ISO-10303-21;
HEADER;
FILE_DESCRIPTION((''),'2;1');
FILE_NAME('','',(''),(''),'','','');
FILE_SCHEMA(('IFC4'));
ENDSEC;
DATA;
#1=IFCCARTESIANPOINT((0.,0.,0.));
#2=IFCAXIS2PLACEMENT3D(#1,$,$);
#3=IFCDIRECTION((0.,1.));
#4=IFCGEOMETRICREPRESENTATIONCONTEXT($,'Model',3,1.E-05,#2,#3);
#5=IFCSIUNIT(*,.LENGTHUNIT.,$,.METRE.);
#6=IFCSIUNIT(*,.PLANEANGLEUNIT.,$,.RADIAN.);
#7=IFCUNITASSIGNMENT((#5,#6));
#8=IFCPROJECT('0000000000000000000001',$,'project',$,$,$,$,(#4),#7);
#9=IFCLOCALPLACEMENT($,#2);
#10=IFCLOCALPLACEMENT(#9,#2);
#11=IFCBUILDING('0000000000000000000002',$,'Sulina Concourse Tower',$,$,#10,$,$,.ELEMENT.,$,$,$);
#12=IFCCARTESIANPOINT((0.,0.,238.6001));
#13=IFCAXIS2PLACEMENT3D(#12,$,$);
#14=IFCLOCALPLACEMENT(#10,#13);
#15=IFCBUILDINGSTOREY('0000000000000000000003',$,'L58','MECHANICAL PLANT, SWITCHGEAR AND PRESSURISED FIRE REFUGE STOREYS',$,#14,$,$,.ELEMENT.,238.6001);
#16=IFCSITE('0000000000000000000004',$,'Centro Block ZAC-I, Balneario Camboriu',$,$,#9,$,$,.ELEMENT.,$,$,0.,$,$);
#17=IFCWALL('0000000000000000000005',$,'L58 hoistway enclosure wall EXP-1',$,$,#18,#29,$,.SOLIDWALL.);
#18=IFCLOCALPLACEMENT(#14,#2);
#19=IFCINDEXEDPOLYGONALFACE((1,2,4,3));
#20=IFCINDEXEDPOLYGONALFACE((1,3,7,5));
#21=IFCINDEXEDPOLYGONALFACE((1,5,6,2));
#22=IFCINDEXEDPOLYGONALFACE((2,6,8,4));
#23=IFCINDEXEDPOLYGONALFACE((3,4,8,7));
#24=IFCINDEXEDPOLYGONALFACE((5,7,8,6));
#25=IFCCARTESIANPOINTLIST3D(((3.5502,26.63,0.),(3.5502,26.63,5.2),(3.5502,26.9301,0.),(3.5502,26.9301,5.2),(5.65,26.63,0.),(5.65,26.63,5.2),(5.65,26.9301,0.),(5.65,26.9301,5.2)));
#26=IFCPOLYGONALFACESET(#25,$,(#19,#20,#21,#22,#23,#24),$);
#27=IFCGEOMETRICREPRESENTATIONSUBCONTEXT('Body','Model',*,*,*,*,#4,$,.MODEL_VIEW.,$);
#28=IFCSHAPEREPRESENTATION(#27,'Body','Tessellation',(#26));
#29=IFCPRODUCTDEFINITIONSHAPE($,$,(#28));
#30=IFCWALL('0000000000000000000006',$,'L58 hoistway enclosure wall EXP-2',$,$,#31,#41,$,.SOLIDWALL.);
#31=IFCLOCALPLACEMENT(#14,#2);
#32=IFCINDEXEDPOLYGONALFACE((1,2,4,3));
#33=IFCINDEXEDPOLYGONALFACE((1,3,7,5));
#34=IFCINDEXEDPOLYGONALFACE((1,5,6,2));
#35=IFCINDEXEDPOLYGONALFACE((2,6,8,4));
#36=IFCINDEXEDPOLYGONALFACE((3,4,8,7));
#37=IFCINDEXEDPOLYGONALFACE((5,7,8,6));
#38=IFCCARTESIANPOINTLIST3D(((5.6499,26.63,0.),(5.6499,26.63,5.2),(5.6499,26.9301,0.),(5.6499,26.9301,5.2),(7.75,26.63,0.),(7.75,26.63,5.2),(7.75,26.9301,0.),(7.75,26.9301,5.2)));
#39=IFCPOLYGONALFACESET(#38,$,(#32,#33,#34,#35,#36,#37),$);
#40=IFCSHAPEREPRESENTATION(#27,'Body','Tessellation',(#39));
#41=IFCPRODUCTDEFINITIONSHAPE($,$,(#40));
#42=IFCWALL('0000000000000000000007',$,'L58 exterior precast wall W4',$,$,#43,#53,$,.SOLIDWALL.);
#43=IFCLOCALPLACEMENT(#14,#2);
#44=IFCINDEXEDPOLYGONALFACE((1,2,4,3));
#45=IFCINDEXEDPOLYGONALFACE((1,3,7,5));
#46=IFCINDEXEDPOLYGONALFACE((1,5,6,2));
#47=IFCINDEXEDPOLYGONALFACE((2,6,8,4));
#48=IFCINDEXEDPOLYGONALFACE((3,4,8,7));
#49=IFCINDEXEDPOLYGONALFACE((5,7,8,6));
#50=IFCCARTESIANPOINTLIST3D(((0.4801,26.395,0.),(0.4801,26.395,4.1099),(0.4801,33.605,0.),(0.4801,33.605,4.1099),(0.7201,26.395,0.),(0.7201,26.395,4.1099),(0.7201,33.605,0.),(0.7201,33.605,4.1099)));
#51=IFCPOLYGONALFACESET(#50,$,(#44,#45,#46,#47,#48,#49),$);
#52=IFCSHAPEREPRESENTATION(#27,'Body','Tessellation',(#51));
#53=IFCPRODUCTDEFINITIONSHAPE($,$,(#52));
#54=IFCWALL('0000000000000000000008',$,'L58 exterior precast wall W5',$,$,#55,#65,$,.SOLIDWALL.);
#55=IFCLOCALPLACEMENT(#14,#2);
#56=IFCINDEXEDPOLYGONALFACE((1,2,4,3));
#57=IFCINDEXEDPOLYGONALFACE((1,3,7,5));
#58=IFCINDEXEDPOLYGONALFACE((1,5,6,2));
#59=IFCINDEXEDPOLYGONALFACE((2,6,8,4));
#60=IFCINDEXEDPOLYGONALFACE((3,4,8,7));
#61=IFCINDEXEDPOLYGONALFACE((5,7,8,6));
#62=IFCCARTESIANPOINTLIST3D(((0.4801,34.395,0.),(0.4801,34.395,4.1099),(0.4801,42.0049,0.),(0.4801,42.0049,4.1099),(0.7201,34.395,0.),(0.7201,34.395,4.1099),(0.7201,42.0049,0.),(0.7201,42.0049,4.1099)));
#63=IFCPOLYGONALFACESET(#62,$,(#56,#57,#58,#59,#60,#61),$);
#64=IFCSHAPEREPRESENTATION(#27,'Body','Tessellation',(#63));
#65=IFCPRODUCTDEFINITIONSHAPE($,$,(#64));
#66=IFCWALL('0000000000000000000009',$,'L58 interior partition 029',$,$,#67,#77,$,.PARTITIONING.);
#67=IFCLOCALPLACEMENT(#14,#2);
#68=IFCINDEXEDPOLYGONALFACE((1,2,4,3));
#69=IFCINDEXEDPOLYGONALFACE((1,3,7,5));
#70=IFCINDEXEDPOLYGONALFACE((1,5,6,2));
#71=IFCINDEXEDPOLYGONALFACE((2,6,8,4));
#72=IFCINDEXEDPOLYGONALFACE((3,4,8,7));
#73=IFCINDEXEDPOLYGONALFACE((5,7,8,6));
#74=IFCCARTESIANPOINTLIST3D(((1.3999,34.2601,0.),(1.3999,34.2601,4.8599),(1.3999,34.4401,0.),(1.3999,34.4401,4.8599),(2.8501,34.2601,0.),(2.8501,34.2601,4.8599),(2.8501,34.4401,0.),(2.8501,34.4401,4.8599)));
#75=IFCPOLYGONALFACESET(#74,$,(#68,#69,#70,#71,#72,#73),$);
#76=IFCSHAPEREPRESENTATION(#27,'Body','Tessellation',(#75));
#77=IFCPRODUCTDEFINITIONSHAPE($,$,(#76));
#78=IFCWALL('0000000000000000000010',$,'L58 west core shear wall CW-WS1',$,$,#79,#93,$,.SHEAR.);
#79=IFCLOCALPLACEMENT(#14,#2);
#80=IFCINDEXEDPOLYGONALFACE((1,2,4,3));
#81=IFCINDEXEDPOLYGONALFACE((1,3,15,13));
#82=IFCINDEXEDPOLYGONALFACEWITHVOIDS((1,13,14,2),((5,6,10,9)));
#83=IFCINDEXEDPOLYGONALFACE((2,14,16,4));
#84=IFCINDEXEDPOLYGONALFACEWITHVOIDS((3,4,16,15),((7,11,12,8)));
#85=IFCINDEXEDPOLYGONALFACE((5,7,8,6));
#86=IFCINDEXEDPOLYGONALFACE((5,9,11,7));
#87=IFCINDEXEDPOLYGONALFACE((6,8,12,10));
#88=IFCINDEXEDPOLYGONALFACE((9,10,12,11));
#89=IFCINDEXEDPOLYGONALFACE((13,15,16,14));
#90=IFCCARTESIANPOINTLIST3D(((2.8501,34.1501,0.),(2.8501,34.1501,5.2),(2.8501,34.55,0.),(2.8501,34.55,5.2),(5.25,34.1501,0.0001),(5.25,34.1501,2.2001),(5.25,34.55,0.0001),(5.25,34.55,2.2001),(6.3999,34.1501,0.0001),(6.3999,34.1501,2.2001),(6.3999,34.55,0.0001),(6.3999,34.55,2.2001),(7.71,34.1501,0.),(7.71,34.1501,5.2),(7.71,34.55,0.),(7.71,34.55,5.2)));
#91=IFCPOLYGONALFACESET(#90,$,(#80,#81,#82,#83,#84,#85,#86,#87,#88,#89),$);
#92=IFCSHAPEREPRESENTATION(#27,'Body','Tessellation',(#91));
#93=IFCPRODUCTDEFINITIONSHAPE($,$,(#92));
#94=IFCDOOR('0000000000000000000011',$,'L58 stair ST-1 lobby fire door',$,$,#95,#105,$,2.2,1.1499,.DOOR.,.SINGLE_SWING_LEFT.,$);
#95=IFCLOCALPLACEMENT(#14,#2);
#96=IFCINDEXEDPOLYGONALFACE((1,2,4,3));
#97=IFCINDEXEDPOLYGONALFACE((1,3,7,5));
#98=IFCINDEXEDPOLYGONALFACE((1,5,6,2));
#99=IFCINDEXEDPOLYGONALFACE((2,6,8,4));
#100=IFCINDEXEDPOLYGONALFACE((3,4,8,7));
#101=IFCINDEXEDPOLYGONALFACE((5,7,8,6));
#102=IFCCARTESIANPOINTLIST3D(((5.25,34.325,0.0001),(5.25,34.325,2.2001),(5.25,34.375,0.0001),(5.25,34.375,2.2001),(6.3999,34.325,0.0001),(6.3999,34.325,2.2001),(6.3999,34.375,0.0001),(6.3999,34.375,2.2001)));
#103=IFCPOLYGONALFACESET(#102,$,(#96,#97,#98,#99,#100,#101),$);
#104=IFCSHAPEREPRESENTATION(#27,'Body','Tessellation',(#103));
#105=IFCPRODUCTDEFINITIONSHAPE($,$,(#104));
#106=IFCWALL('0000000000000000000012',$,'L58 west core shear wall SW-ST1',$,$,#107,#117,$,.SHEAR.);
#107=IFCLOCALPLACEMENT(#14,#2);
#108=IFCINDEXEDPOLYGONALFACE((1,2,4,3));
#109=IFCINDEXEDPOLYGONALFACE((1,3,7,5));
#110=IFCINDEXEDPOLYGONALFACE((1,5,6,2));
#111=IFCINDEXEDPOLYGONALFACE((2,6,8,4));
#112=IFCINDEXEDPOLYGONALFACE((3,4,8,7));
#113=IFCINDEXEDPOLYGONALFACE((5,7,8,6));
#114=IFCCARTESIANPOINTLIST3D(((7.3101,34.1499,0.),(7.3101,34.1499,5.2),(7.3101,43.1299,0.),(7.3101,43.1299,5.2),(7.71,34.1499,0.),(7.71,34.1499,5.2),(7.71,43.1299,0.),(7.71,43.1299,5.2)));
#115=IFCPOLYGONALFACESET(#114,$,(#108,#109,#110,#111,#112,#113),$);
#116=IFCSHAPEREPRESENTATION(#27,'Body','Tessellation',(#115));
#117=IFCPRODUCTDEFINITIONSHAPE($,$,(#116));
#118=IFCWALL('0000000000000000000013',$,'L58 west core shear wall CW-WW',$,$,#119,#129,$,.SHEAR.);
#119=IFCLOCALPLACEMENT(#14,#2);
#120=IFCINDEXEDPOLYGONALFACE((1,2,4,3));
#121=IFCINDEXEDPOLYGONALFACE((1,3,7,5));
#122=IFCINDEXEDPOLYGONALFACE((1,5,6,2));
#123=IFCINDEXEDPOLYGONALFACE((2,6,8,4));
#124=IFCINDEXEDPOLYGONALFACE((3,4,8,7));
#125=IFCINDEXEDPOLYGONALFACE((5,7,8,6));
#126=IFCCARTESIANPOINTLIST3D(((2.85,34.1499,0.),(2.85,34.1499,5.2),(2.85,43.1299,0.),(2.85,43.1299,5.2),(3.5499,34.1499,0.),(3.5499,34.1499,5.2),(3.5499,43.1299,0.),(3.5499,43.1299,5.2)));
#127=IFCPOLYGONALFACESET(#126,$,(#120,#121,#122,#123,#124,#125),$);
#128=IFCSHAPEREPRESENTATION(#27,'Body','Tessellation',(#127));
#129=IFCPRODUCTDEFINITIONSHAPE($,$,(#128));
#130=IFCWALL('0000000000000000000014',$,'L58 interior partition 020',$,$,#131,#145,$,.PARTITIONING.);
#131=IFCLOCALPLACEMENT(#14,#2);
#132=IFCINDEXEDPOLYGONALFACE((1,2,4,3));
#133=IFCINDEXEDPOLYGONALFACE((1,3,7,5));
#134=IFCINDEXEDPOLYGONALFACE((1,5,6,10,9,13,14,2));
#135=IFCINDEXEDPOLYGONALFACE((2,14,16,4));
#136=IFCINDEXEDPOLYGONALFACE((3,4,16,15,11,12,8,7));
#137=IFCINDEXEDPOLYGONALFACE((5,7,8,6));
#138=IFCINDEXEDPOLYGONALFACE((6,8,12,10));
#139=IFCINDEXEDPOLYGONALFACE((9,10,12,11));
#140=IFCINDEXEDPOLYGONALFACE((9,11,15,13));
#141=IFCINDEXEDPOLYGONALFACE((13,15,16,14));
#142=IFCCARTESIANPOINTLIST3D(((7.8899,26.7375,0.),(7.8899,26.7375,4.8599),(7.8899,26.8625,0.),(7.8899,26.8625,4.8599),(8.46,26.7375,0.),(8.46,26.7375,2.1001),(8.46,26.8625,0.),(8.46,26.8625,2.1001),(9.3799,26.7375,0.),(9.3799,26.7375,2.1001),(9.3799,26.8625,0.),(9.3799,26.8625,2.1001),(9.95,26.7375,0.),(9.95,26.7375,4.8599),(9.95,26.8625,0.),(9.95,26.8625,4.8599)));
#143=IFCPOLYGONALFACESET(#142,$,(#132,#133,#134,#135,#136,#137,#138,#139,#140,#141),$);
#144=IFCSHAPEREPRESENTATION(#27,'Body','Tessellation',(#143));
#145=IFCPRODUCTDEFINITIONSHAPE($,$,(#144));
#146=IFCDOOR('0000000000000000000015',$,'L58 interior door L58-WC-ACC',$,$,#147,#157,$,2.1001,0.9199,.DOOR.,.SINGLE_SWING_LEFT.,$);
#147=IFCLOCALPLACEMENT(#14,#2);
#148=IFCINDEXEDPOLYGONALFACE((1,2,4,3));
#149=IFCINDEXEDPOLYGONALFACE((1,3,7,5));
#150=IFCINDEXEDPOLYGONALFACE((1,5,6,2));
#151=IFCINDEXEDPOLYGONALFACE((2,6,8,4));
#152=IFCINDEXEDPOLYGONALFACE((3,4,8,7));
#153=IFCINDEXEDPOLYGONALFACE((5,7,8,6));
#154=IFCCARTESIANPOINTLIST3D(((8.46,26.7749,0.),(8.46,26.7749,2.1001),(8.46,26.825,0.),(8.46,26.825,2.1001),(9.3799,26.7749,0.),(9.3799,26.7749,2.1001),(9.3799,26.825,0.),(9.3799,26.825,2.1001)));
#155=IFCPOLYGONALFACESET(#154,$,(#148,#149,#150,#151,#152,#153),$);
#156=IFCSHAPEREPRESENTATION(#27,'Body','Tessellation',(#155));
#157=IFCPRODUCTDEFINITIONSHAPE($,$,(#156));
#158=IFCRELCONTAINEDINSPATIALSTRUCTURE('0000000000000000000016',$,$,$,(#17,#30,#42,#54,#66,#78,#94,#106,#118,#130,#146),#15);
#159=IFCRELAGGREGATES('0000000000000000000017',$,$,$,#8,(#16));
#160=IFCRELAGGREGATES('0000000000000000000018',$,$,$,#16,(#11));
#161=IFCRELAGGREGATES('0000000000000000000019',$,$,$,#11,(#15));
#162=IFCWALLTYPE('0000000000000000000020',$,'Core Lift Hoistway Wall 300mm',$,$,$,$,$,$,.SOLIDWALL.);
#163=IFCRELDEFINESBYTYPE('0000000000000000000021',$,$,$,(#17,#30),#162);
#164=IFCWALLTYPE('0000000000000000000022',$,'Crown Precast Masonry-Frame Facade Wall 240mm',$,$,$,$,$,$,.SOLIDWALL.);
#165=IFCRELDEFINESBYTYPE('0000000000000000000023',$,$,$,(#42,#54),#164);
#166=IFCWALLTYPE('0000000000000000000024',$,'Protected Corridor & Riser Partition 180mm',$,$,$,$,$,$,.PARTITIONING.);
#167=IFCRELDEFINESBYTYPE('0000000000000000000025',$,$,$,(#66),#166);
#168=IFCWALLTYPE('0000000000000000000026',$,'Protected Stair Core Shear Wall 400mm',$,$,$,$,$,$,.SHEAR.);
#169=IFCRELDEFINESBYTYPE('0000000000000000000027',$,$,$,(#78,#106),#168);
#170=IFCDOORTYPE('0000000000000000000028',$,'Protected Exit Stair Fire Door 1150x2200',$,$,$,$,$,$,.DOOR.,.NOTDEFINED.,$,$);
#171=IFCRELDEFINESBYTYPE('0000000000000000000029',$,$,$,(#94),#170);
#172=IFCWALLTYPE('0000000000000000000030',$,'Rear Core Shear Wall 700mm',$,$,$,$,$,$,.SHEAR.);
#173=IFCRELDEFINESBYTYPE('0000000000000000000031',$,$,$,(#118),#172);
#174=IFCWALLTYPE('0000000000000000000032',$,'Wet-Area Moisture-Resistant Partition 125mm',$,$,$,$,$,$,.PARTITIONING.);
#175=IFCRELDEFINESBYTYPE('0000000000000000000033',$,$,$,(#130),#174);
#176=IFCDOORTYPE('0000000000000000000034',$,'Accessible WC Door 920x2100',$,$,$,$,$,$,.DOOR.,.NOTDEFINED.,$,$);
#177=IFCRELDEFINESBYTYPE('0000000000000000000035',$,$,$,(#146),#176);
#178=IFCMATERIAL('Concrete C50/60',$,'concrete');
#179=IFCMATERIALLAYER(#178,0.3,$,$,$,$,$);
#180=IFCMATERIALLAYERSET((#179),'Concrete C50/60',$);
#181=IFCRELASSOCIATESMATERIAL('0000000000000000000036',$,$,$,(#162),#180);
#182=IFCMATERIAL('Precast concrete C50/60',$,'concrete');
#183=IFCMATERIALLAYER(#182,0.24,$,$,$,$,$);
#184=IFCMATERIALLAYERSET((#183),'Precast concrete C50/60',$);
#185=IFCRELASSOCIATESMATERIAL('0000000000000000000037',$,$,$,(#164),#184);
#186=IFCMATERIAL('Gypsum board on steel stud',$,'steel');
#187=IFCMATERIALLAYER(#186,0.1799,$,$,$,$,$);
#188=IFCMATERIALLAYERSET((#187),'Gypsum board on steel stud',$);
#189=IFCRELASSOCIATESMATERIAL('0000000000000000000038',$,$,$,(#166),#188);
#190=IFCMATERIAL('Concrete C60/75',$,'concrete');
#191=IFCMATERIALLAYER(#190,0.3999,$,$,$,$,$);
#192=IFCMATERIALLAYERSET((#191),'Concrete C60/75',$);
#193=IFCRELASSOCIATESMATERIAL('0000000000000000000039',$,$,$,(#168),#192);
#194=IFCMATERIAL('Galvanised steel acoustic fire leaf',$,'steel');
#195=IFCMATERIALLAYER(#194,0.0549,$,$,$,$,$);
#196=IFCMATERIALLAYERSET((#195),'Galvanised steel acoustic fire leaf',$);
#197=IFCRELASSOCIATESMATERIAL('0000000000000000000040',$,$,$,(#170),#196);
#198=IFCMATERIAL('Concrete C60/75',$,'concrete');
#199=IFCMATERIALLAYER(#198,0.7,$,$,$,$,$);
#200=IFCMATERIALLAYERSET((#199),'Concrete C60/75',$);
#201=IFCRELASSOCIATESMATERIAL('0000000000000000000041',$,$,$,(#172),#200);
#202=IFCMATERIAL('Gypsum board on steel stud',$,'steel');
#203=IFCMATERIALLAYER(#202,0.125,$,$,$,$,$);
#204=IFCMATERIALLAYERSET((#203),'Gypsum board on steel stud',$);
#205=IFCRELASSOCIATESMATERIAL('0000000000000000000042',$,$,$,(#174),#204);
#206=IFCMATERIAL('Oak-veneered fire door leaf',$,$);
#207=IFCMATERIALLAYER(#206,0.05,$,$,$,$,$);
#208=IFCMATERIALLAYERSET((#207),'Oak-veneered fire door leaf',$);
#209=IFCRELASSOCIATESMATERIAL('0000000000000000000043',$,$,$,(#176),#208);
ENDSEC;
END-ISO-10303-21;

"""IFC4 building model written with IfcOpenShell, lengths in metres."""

from ifc_helpers import new_model, si_unit, direction, frame, frame_2d, origin, place, context, subcontext, project, spatial, rectangle, extrude, material, layer, layer_set, type_object, element, fill, save


model = new_model("IFC4")

# Units and contexts
model_context = context("Model", 3, precision=1e-05, world=origin(), true_north=direction((0.0, 1.0)))
body_context = subcontext(model_context, "Body", "Model", "MODEL_VIEW")
ifc_project = project(units=[si_unit("LENGTHUNIT", "METRE"), si_unit("PLANEANGLEUNIT", "RADIAN")], contexts=[model_context])

# Site, building, storey
site_placement = place(None, origin())
site = spatial("IfcSite", under=ifc_project, at=site_placement, Name="Centro Block ZAC-I, Balneario Camboriu", CompositionType="ELEMENT", RefElevation=0.0)
building_placement = place(site_placement, origin())
building = spatial("IfcBuilding", under=site, at=building_placement, Name="Sulina Concourse Tower", CompositionType="ELEMENT")
storey_placement = place(building_placement, frame((0.0, 0.0, 238.6001)))
storey = spatial("IfcBuildingStorey", under=building, at=storey_placement, Name="L58", Description="MECHANICAL PLANT, SWITCHGEAR AND PRESSURISED FIRE REFUGE STOREYS", CompositionType="ELEMENT", Elevation=238.6001)

# Walls
ifc_material_1 = material(Name="Concrete C50/60", Category="concrete")
ifc_layer_1 = layer(ifc_material_1, 0.3)
ifc_layer_set_1 = layer_set([ifc_layer_1], Name="Concrete C50/60")
wall_type_1 = type_object("IfcWallType", Name="Core Lift Hoistway Wall 300mm", PredefinedType="SOLIDWALL", material=ifc_layer_set_1)
wall_1_placement = place(storey_placement, frame((5.6499, 26.78, 0.0), z_axis=(0.0, 0.0, 1.0), x_axis=(-1.0, 0.0, 0.0)))
element("IfcWall", 1, at=wall_1_placement, inside=storey, type_object=wall_type_1, Name="L58 hoistway enclosure wall EXP-1", PredefinedType="SOLIDWALL", context=body_context, shape_type="SweptSolid", body=[
    extrude(rectangle(XDim=2.0999, YDim=0.3, at=frame_2d((1.0498, 0.0))), origin(), (0.0, 0.0, 1.0), 5.2),
])
wall_2_placement = place(storey_placement, frame((7.75, 26.78, 0.0), z_axis=(0.0, 0.0, 1.0), x_axis=(-1.0, 0.0, 0.0)))
element("IfcWall", 2, at=wall_2_placement, inside=storey, type_object=wall_type_1, Name="L58 hoistway enclosure wall EXP-2", PredefinedType="SOLIDWALL", context=body_context, shape_type="SweptSolid", body=[
    extrude(rectangle(XDim=2.1001, YDim=0.3, at=frame_2d((1.05, 0.0))), origin(), (0.0, 0.0, 1.0), 5.2),
])
ifc_material_2 = material(Name="Precast concrete C50/60", Category="concrete")
ifc_layer_2 = layer(ifc_material_2, 0.24)
ifc_layer_set_2 = layer_set([ifc_layer_2], Name="Precast concrete C50/60")
wall_type_2 = type_object("IfcWallType", Name="Crown Precast Masonry-Frame Facade Wall 240mm", PredefinedType="SOLIDWALL", material=ifc_layer_set_2)
wall_3_placement = place(storey_placement, frame((0.6001, 26.395, 0.0), z_axis=(0.0, 0.0, 1.0), x_axis=(0.0, 1.0, 0.0)))
element("IfcWall", 3, at=wall_3_placement, inside=storey, type_object=wall_type_2, Name="L58 exterior precast wall W4", PredefinedType="SOLIDWALL", context=body_context, shape_type="SweptSolid", body=[
    extrude(rectangle(XDim=7.21, YDim=0.24, at=frame_2d((3.605, 0.0))), origin(), (0.0, 0.0, 1.0), 4.1099),
])
wall_4_placement = place(storey_placement, frame((0.6001, 34.395, 0.0), z_axis=(0.0, 0.0, 1.0), x_axis=(0.0, 1.0, 0.0)))
element("IfcWall", 4, at=wall_4_placement, inside=storey, type_object=wall_type_2, Name="L58 exterior precast wall W5", PredefinedType="SOLIDWALL", context=body_context, shape_type="SweptSolid", body=[
    extrude(rectangle(XDim=7.6099, YDim=0.24, at=frame_2d((3.8049, 0.0))), origin(), (0.0, 0.0, 1.0), 4.1099),
])
ifc_material_3 = material(Name="Gypsum board on steel stud", Category="steel")
ifc_layer_3 = layer(ifc_material_3, 0.1799)
ifc_layer_set_3 = layer_set([ifc_layer_3], Name="Gypsum board on steel stud")
wall_type_3 = type_object("IfcWallType", Name="Protected Corridor & Riser Partition 180mm", PredefinedType="PARTITIONING", material=ifc_layer_set_3)
wall_5_placement = place(storey_placement, frame((1.3999, 34.3501, 0.0), z_axis=(0.0, 0.0, 1.0), x_axis=(1.0, 0.0, 0.0)))
element("IfcWall", 5, at=wall_5_placement, inside=storey, type_object=wall_type_3, Name="L58 interior partition 029", PredefinedType="PARTITIONING", context=body_context, shape_type="SweptSolid", body=[
    extrude(rectangle(XDim=1.4502, YDim=0.1799, at=frame_2d((0.7251, 0.0))), origin(), (0.0, 0.0, 1.0), 4.8599),
])

# Wall, opening, door
ifc_material_4 = material(Name="Concrete C60/75", Category="concrete")
ifc_layer_4 = layer(ifc_material_4, 0.3999)
ifc_layer_set_4 = layer_set([ifc_layer_4], Name="Concrete C60/75")
wall_type_4 = type_object("IfcWallType", Name="Protected Stair Core Shear Wall 400mm", PredefinedType="SHEAR", material=ifc_layer_set_4)
wall_6_placement = place(storey_placement, frame((2.8501, 34.3501, 0.0), z_axis=(0.0, 0.0, 1.0), x_axis=(1.0, 0.0, 0.0)))
wall_6 = element("IfcWall", 6, at=wall_6_placement, inside=storey, type_object=wall_type_4, Name="L58 west core shear wall CW-WS1", PredefinedType="SHEAR", context=body_context, shape_type="SweptSolid", body=[
    extrude(rectangle(XDim=4.8599, YDim=0.3999, at=frame_2d((2.4299, 0.0))), origin(), (0.0, 0.0, 1.0), 5.2),
])
opening_1_placement = place(wall_6_placement, frame((2.3999, 0.0, 0.0)))
opening_1 = element("IfcOpeningElement", 7, at=opening_1_placement, cuts=wall_6, PredefinedType="OPENING", context=body_context, shape_type="SweptSolid", body=[
    extrude(rectangle(XDim=1.1499, YDim=2.2, at=frame_2d((0.575, 1.1001))), frame((0.0, 0.21, 0.0), z_axis=(0.0, -1.0, 0.0), x_axis=(1.0, 0.0, 0.0)), (0.0, 0.0, 1.0), 0.4199),
])
ifc_material_5 = material(Name="Galvanised steel acoustic fire leaf", Category="steel")
ifc_layer_5 = layer(ifc_material_5, 0.0549)
ifc_layer_set_5 = layer_set([ifc_layer_5], Name="Galvanised steel acoustic fire leaf")
door_type_1 = type_object("IfcDoorType", Name="Protected Exit Stair Fire Door 1150x2200", OperationType="NOTDEFINED", PredefinedType="DOOR", material=ifc_layer_set_5)
door_1_placement = place(opening_1_placement, origin())
door_1 = element("IfcDoor", 8, at=door_1_placement, inside=storey, type_object=door_type_1, Name="L58 stair ST-1 lobby fire door", OperationType="SINGLE_SWING_LEFT", OverallHeight=2.2, OverallWidth=1.1499, PredefinedType="DOOR", context=body_context, shape_type="SweptSolid", body=[
    extrude(rectangle(XDim=1.1499, YDim=2.2, at=frame_2d((0.575, 1.1001))), frame((0.0, 0.0249, 0.0), z_axis=(0.0, -1.0, 0.0), x_axis=(1.0, 0.0, 0.0)), (0.0, 0.0, 1.0), 0.05),
])
fill(opening_1, door_1)

# Walls
wall_7_placement = place(storey_placement, frame((7.51, 34.1499, 0.0), z_axis=(0.0, 0.0, 1.0), x_axis=(0.0, 1.0, 0.0)))
element("IfcWall", 9, at=wall_7_placement, inside=storey, type_object=wall_type_4, Name="L58 west core shear wall SW-ST1", PredefinedType="SHEAR", context=body_context, shape_type="SweptSolid", body=[
    extrude(rectangle(XDim=8.98, YDim=0.3999, at=frame_2d((4.49, 0.0))), origin(), (0.0, 0.0, 1.0), 5.2),
])
ifc_material_6 = material(Name="Concrete C60/75", Category="concrete")
ifc_layer_6 = layer(ifc_material_6, 0.7)
ifc_layer_set_6 = layer_set([ifc_layer_6], Name="Concrete C60/75")
wall_type_5 = type_object("IfcWallType", Name="Rear Core Shear Wall 700mm", PredefinedType="SHEAR", material=ifc_layer_set_6)
wall_8_placement = place(storey_placement, frame((3.2, 34.1499, 0.0), z_axis=(0.0, 0.0, 1.0), x_axis=(0.0, 1.0, 0.0)))
element("IfcWall", 10, at=wall_8_placement, inside=storey, type_object=wall_type_5, Name="L58 west core shear wall CW-WW", PredefinedType="SHEAR", context=body_context, shape_type="SweptSolid", body=[
    extrude(rectangle(XDim=8.98, YDim=0.7, at=frame_2d((4.49, 0.0))), origin(), (0.0, 0.0, 1.0), 5.2),
])

# Wall, opening, door
ifc_material_7 = material(Name="Gypsum board on steel stud", Category="steel")
ifc_layer_7 = layer(ifc_material_7, 0.125)
ifc_layer_set_7 = layer_set([ifc_layer_7], Name="Gypsum board on steel stud")
wall_type_6 = type_object("IfcWallType", Name="Wet-Area Moisture-Resistant Partition 125mm", PredefinedType="PARTITIONING", material=ifc_layer_set_7)
wall_9_placement = place(storey_placement, frame((7.8899, 26.8, 0.0), z_axis=(0.0, 0.0, 1.0), x_axis=(1.0, 0.0, 0.0)))
wall_9 = element("IfcWall", 11, at=wall_9_placement, inside=storey, type_object=wall_type_6, Name="L58 interior partition 020", PredefinedType="PARTITIONING", context=body_context, shape_type="SweptSolid", body=[
    extrude(rectangle(XDim=2.0601, YDim=0.125, at=frame_2d((1.03, 0.0))), origin(), (0.0, 0.0, 1.0), 4.8599),
])
opening_2_placement = place(wall_9_placement, frame((0.5701, 0.0, 0.0)))
opening_2 = element("IfcOpeningElement", 12, at=opening_2_placement, cuts=wall_9, PredefinedType="OPENING", context=body_context, shape_type="SweptSolid", body=[
    extrude(rectangle(XDim=0.9199, YDim=2.1001, at=frame_2d((0.46, 1.05))), frame((0.0, 0.0725, 0.0), z_axis=(0.0, -1.0, 0.0), x_axis=(1.0, 0.0, 0.0)), (0.0, 0.0, 1.0), 0.145),
])
ifc_material_8 = material(Name="Oak-veneered fire door leaf")
ifc_layer_8 = layer(ifc_material_8, 0.05)
ifc_layer_set_8 = layer_set([ifc_layer_8], Name="Oak-veneered fire door leaf")
door_type_2 = type_object("IfcDoorType", Name="Accessible WC Door 920x2100", OperationType="NOTDEFINED", PredefinedType="DOOR", material=ifc_layer_set_8)
door_2_placement = place(opening_2_placement, origin())
door_2 = element("IfcDoor", 13, at=door_2_placement, inside=storey, type_object=door_type_2, Name="L58 interior door L58-WC-ACC", OperationType="SINGLE_SWING_LEFT", OverallHeight=2.1001, OverallWidth=0.9199, PredefinedType="DOOR", context=body_context, shape_type="SweptSolid", body=[
    extrude(rectangle(XDim=0.9199, YDim=2.1001, at=frame_2d((0.46, 1.05))), frame((0.0, 0.0249, 0.0), z_axis=(0.0, -1.0, 0.0), x_axis=(1.0, 0.0, 0.0)), (0.0, 0.0, 1.0), 0.05),
])
fill(opening_2, door_2)

save(model, "model.ifc")
